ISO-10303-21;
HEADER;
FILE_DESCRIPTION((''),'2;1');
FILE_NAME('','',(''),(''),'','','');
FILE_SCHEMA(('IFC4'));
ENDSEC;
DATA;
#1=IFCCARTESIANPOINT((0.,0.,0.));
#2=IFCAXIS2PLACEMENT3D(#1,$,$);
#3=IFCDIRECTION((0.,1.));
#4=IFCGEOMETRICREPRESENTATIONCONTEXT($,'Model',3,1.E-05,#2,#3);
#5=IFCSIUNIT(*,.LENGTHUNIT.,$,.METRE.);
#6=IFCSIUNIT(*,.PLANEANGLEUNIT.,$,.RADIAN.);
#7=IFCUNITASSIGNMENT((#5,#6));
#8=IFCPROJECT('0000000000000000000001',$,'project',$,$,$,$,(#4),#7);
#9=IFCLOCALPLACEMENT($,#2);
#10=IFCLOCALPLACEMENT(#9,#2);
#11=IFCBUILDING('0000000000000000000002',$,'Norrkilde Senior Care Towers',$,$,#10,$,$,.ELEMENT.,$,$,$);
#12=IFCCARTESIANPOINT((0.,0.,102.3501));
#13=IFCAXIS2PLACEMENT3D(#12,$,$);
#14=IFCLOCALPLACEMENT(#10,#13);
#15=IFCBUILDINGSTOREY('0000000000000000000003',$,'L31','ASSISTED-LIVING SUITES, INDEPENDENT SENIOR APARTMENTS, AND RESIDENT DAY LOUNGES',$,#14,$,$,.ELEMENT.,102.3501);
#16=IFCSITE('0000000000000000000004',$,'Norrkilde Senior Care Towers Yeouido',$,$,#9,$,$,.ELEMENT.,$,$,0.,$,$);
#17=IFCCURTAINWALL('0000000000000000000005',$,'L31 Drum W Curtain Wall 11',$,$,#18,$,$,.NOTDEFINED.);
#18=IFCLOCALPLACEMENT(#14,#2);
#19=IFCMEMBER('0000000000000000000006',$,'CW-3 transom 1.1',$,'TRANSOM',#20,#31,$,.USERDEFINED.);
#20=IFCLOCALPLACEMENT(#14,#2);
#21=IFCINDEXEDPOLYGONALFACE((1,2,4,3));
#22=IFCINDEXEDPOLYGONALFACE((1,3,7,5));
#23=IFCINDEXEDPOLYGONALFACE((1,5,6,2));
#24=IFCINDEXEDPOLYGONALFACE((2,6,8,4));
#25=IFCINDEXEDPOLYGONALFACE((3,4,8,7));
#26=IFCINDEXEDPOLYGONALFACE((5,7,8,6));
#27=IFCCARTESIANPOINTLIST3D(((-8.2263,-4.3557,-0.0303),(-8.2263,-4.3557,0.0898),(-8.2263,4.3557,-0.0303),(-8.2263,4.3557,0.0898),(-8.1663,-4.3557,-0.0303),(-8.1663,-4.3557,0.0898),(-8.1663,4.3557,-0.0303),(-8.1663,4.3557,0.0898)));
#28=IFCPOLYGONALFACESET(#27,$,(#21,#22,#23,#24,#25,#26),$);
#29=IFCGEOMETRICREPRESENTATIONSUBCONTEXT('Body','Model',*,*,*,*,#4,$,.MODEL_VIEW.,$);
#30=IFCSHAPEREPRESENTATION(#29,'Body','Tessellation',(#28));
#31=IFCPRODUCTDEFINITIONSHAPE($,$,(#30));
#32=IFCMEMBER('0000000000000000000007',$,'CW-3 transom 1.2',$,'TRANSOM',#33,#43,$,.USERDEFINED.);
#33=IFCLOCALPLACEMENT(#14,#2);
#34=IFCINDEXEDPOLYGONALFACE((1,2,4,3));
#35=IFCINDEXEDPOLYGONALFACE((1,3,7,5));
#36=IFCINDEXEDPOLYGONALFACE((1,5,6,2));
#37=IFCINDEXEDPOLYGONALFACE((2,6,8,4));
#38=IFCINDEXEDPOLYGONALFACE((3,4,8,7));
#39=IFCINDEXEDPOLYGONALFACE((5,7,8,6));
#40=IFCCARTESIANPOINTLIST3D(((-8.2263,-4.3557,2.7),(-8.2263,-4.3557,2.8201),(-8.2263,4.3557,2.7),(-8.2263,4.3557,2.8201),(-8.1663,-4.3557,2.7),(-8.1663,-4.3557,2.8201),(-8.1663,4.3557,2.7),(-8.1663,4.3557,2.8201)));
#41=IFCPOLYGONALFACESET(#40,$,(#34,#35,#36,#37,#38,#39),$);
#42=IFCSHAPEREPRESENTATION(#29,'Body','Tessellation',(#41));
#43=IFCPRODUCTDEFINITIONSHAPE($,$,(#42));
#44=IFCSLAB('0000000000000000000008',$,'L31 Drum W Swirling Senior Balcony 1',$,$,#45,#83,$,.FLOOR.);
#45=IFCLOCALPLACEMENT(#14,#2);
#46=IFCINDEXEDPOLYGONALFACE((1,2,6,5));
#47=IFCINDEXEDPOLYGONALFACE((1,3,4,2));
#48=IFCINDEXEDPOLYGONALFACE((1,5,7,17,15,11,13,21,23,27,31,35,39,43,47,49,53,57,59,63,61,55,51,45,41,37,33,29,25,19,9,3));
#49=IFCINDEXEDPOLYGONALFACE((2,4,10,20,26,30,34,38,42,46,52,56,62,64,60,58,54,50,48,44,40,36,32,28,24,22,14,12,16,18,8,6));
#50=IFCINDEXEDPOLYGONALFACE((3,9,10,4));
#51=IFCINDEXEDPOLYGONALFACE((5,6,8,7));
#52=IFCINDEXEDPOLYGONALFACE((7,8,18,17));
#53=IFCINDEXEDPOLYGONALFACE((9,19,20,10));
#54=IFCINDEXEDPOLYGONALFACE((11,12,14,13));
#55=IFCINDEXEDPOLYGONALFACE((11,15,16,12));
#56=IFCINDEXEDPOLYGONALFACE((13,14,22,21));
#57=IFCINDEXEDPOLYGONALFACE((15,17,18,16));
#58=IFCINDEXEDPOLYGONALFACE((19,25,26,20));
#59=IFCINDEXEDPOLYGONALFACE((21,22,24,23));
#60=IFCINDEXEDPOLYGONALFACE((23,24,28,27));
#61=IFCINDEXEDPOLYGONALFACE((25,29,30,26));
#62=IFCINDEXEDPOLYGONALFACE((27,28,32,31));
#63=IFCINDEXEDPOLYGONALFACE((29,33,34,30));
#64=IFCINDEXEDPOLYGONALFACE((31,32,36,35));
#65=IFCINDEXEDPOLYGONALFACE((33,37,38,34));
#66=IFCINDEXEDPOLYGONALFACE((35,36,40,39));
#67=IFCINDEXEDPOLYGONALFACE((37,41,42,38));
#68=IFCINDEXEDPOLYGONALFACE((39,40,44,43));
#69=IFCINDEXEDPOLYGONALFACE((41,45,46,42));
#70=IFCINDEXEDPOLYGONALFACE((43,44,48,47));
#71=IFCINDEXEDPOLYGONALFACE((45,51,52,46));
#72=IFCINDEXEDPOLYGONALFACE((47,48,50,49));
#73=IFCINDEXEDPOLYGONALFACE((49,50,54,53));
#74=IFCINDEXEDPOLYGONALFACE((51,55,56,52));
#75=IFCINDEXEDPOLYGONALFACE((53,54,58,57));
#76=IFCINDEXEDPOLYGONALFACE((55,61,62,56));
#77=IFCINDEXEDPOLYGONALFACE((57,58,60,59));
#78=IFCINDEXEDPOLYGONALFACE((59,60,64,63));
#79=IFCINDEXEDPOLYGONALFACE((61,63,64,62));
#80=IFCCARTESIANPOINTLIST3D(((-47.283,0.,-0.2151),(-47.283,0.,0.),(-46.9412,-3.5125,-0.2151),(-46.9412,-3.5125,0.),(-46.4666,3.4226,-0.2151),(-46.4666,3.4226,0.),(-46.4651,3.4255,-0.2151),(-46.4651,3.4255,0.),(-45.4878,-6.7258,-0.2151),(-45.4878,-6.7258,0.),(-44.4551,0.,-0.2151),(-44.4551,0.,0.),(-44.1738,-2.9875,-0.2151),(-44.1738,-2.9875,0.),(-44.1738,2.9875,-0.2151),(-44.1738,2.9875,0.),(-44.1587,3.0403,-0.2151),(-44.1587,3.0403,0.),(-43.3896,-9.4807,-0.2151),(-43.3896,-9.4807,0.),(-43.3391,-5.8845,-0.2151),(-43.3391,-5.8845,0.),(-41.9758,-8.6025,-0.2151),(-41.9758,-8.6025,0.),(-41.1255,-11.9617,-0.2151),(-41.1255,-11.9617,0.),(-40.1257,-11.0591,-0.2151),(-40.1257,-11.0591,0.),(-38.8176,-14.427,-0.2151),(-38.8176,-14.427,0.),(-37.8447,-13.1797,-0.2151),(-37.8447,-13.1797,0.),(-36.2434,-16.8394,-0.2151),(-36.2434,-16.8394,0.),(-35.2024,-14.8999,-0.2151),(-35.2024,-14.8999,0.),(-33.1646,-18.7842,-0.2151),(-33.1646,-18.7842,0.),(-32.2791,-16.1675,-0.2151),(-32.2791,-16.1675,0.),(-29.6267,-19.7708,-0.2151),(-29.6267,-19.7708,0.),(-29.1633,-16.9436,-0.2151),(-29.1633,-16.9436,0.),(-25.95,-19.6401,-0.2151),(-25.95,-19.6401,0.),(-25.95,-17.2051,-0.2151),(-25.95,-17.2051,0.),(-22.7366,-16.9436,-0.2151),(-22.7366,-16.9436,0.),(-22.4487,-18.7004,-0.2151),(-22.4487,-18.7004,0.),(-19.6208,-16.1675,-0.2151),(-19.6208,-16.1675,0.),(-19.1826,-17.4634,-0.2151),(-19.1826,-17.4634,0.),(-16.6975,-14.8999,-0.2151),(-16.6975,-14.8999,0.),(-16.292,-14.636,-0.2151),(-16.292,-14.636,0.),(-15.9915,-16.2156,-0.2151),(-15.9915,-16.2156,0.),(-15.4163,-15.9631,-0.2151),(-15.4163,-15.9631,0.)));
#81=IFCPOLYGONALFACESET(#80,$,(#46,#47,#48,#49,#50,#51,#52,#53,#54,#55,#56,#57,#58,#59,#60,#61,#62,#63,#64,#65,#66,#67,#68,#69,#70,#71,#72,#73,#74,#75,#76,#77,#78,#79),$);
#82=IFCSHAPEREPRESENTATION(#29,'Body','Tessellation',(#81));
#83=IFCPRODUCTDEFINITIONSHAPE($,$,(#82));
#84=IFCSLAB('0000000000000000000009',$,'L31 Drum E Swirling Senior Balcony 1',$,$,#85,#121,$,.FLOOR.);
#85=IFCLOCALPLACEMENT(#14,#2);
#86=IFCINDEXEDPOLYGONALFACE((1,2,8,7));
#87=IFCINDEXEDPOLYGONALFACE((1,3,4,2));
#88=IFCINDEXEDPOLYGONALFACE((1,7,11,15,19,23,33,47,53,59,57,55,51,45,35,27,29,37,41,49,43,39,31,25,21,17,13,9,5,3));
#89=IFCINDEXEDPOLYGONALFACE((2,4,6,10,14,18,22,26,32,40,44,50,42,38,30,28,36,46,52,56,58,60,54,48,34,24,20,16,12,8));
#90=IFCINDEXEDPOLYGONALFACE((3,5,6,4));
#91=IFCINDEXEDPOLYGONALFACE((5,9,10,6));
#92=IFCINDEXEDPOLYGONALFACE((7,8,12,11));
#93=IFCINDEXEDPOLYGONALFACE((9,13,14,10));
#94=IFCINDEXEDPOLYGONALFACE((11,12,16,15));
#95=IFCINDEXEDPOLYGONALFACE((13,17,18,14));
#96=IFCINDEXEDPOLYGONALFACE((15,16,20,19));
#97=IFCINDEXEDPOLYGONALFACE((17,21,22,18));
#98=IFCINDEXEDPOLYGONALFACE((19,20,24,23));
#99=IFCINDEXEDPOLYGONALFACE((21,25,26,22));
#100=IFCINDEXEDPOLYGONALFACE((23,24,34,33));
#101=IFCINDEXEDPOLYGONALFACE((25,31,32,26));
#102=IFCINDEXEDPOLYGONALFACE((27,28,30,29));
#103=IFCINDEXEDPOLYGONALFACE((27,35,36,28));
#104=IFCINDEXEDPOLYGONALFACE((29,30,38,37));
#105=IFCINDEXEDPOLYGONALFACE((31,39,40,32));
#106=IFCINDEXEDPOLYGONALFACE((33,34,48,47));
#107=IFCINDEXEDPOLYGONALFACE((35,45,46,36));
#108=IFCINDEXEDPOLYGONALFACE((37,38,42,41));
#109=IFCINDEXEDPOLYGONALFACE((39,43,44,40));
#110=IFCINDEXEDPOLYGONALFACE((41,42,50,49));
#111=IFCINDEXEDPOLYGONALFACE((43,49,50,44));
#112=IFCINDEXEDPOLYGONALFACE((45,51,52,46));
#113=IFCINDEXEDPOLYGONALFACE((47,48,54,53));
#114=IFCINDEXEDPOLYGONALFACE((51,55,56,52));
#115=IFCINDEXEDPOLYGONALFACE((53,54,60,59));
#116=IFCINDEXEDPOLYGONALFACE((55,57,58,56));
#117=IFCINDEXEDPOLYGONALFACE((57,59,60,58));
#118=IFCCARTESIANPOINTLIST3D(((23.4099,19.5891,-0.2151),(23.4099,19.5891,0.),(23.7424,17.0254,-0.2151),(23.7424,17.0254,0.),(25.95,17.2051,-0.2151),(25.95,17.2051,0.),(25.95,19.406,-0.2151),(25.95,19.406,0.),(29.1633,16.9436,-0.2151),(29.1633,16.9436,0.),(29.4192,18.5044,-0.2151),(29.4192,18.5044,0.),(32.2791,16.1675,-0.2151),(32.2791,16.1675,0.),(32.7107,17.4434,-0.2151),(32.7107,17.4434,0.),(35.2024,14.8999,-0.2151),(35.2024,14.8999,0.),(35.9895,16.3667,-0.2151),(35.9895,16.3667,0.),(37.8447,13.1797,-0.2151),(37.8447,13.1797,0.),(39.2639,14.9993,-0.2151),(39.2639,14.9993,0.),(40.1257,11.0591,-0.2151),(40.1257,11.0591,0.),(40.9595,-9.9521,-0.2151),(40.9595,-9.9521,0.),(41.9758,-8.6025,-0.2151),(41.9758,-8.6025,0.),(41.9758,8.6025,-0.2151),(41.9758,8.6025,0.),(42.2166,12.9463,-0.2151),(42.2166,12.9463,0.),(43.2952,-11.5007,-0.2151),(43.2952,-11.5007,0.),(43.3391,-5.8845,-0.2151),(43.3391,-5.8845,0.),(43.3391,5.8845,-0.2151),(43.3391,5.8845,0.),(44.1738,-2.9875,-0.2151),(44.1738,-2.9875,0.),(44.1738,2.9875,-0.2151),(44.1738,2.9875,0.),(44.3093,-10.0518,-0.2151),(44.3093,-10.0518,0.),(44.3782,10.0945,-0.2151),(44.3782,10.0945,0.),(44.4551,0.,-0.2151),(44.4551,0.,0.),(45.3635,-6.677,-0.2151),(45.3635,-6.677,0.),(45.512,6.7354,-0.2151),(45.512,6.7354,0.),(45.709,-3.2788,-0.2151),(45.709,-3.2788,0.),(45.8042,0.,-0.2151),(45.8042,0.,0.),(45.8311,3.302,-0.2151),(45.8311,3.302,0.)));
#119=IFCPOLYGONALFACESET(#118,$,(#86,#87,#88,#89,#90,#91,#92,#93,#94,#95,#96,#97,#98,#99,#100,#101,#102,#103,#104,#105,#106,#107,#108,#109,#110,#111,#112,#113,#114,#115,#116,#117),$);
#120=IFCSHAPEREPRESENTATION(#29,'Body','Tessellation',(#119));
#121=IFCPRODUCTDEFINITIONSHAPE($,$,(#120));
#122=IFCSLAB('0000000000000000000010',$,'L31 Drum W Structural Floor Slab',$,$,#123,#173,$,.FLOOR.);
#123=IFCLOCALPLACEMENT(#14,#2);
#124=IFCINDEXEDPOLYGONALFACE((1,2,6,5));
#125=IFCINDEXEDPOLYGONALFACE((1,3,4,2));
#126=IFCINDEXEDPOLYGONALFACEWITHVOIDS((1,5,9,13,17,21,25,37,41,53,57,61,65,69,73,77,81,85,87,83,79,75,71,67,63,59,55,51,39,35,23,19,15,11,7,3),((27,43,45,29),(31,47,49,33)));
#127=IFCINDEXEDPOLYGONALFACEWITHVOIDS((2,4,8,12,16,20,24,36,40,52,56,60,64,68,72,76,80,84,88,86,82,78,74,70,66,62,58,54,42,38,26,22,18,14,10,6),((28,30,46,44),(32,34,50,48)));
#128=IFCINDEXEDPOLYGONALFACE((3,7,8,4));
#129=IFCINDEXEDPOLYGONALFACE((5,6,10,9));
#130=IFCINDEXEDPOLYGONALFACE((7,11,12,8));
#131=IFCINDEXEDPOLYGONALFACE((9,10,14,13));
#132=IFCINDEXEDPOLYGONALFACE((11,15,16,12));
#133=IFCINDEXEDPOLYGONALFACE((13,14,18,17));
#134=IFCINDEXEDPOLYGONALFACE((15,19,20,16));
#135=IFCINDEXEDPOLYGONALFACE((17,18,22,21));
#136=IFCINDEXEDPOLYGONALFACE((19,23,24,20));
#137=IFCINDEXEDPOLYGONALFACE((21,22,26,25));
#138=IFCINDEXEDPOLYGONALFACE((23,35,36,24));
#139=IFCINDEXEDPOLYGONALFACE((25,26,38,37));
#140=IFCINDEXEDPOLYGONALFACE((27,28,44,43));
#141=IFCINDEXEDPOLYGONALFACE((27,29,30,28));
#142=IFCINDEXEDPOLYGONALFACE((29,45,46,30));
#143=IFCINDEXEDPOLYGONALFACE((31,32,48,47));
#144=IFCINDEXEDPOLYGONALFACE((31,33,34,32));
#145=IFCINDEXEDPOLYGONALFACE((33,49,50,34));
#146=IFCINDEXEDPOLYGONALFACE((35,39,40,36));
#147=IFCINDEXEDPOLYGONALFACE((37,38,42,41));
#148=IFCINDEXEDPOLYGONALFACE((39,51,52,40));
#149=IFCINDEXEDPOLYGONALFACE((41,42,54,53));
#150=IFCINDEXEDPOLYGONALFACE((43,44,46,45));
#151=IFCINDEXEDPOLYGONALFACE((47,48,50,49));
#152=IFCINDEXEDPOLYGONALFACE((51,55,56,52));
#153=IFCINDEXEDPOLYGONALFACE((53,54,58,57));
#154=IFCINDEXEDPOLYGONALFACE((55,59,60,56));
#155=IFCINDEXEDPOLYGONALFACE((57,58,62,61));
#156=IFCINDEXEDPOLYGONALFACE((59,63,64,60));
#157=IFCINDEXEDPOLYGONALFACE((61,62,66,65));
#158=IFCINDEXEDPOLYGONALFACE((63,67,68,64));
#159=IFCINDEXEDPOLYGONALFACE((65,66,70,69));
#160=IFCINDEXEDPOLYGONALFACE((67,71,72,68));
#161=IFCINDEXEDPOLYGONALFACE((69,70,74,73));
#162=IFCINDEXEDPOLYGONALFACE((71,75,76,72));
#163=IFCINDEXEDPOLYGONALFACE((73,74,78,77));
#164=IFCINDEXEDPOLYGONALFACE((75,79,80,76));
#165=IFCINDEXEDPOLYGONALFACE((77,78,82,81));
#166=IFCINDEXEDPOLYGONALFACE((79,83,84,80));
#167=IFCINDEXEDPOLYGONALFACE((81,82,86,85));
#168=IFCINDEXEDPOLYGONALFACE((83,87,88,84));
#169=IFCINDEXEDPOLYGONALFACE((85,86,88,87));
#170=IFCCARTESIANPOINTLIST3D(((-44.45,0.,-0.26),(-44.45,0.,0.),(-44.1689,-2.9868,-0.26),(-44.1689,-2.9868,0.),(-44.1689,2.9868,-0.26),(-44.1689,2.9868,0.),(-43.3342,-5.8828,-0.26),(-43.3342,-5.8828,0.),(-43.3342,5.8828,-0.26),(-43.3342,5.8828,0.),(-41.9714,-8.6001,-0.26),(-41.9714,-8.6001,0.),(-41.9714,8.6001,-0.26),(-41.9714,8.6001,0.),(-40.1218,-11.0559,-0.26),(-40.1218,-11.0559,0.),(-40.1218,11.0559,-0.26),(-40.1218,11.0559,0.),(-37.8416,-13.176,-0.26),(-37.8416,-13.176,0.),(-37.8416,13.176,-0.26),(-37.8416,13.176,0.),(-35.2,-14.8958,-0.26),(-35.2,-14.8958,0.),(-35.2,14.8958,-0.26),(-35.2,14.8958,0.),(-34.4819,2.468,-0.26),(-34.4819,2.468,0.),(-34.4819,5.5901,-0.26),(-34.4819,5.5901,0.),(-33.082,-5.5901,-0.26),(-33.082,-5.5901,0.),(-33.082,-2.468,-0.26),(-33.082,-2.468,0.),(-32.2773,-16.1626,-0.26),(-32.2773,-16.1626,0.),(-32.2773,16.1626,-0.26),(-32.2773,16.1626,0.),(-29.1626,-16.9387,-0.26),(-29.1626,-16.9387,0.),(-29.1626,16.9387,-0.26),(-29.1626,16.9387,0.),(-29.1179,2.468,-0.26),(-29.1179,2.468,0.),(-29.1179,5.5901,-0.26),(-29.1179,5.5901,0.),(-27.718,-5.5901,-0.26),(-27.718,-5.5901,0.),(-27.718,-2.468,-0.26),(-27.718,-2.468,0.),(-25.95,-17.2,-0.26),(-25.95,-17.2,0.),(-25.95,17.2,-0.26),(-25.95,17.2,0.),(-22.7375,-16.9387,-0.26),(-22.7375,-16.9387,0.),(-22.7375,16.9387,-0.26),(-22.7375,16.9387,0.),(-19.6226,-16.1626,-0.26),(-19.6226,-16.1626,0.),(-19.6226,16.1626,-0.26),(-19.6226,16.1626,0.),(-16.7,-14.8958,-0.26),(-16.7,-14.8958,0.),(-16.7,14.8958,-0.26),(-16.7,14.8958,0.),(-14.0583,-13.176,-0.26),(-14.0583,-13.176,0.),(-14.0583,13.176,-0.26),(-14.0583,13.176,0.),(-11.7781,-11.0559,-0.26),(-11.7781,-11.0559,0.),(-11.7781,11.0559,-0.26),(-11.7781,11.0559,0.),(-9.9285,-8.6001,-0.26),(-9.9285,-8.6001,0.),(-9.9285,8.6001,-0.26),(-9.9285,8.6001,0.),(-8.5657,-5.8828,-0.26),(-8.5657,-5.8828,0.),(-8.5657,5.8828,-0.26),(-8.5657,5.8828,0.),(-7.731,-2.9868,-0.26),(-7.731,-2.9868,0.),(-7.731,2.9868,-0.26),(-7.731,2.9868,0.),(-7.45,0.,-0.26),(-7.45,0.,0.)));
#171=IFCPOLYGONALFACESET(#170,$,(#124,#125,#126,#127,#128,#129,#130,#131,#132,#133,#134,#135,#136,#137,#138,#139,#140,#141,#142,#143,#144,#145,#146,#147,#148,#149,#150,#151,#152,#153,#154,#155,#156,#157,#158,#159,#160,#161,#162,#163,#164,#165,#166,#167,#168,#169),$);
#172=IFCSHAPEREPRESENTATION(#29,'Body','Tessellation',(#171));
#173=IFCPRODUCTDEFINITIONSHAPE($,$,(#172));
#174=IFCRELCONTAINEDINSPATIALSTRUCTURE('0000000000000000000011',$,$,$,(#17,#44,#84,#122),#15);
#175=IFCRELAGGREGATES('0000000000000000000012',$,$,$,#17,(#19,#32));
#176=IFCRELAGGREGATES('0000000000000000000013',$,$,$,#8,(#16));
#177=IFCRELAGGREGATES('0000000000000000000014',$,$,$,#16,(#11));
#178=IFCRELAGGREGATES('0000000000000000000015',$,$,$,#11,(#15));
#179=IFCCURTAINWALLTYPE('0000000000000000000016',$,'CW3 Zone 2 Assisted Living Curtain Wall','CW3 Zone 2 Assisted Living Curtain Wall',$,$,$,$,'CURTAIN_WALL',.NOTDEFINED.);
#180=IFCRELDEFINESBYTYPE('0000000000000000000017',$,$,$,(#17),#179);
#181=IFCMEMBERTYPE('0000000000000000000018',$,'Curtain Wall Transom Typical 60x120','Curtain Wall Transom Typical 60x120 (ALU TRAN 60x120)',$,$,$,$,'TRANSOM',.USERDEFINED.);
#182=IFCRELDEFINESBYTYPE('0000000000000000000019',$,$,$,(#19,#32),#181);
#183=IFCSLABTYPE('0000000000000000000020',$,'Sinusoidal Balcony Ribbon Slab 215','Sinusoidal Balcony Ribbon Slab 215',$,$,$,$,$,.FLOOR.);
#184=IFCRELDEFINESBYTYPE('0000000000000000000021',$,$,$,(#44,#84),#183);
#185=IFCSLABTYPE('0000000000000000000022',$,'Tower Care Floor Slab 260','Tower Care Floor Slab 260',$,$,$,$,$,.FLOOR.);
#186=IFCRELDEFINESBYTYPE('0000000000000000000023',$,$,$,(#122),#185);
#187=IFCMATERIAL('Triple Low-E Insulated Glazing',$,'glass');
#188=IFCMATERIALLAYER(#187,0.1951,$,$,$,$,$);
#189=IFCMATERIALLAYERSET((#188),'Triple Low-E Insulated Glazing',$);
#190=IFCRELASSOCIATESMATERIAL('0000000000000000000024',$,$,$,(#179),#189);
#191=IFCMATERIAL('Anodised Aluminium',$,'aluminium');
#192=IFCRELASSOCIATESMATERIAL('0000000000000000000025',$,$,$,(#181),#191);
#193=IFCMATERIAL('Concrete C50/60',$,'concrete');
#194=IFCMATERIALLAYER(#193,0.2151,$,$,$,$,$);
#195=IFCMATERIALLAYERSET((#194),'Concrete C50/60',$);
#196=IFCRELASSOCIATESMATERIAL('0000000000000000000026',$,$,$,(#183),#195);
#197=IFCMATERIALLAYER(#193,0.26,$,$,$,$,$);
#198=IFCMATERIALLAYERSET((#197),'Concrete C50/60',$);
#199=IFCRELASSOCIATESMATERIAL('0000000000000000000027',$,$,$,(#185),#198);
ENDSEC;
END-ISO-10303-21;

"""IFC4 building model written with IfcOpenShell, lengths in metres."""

from ifc_helpers import new_model, si_unit, direction, frame, origin, origin_2d, place, context, subcontext, project, spatial, polyline, rectangle, outline, extrude, source, transform, mapped, material, layer, layer_set, material_profile, profile_set, type_object, element, aggregate, save


model = new_model("IFC4")

# Units and contexts
model_context = context("Model", 3, precision=1e-05, world=origin(), true_north=direction((0.0, 1.0)))
body_context = subcontext(model_context, "Body", "Model", "MODEL_VIEW")
ifc_project = project(units=[si_unit("LENGTHUNIT", "METRE"), si_unit("PLANEANGLEUNIT", "RADIAN")], contexts=[model_context])

# Site, building, storey
site_placement = place(None, origin())
site = spatial("IfcSite", under=ifc_project, at=site_placement, Name="Norrkilde Senior Care Towers Yeouido", CompositionType="ELEMENT", RefElevation=0.0)
building_placement = place(site_placement, origin())
building = spatial("IfcBuilding", under=site, at=building_placement, Name="Norrkilde Senior Care Towers", CompositionType="ELEMENT")
storey_placement = place(building_placement, frame((0.0, 0.0, 102.3501)))
storey = spatial("IfcBuildingStorey", under=building, at=storey_placement, Name="L31", Description="ASSISTED-LIVING SUITES, INDEPENDENT SENIOR APARTMENTS, AND RESIDENT DAY LOUNGES", CompositionType="ELEMENT", Elevation=102.3501)

# Shared definitions
ifc_material_1 = material(Name="Triple Low-E Insulated Glazing", Category="glass")
ifc_layer_1 = layer(ifc_material_1, 0.1951)
ifc_layer_set_1 = layer_set([ifc_layer_1], Name="Triple Low-E Insulated Glazing")
curtain_wall_type = type_object("IfcCurtainWallType", Name="CW3 Zone 2 Assisted Living Curtain Wall", Description="CW3 Zone 2 Assisted Living Curtain Wall", ElementType="CURTAIN_WALL", PredefinedType="NOTDEFINED", material=ifc_layer_set_1)
ifc_material_2 = material(Name="Anodised Aluminium", Category="aluminium")

# Curtain wall
curtain_wall_1_placement = place(storey_placement, origin())
curtain_wall_1 = element("IfcCurtainWall", 1, at=curtain_wall_1_placement, inside=storey, type_object=curtain_wall_type, Name="L31 Drum W Curtain Wall 11", PredefinedType="NOTDEFINED")

# Members
ifc_material_profile_1 = material_profile(ifc_material_2, rectangle(XDim=0.0601, YDim=0.1201, at=origin_2d()), Name="ALU TRAN 60x120")
ifc_profile_set_1 = profile_set([ifc_material_profile_1], Name="Anodised Aluminium")
member_type_1 = type_object("IfcMemberType", Name="Curtain Wall Transom Typical 60x120", Description="Curtain Wall Transom Typical 60x120 (ALU TRAN 60x120)", ElementType="TRANSOM", PredefinedType="USERDEFINED", material=ifc_profile_set_1)
shared_shape_1 = source(origin(), body_context, "Body", "SweptSolid", [
    extrude(rectangle(XDim=0.0601, YDim=0.1201, at=origin_2d()), origin(), (0.0, 0.0, 1.0), 8.7114),
])
member_1_placement = place(storey_placement, frame((-8.1963, 4.3557, 0.0298), z_axis=(0.0, -1.0, 0.0), x_axis=(1.0, 0.0, 0.0)))
member_1 = element("IfcMember", 2, at=member_1_placement, type_object=member_type_1, Name="CW-3 transom 1.1", ObjectType="TRANSOM", PredefinedType="USERDEFINED", context=body_context, shape_type="MappedRepresentation", body=[
    mapped(shared_shape_1, transform((0.0, 0.0, 0.0), x_axis=(1.0, 0.0, 0.0), y_axis=(0.0, 1.0, 0.0), z_axis=(0.0, 0.0, 1.0), scale=1.0)),
])
member_2_placement = place(storey_placement, frame((-8.1963, 4.3557, 2.76), z_axis=(0.0, -1.0, 0.0), x_axis=(1.0, 0.0, 0.0)))
member_2 = element("IfcMember", 3, at=member_2_placement, type_object=member_type_1, Name="CW-3 transom 1.2", ObjectType="TRANSOM", PredefinedType="USERDEFINED", context=body_context, shape_type="MappedRepresentation", body=[
    mapped(shared_shape_1, transform((0.0, 0.0, 0.0), x_axis=(1.0, 0.0, 0.0), y_axis=(0.0, 1.0, 0.0), z_axis=(0.0, 0.0, 1.0), scale=1.0)),
])

# Slabs
ifc_material_3 = material(Name="Concrete C50/60", Category="concrete")
ifc_layer_2 = layer(ifc_material_3, 0.2151)
ifc_layer_set_2 = layer_set([ifc_layer_2], Name="Concrete C50/60")
slab_type_1 = type_object("IfcSlabType", Name="Sinusoidal Balcony Ribbon Slab 215", Description="Sinusoidal Balcony Ribbon Slab 215", PredefinedType="FLOOR", material=ifc_layer_set_2)
slab_1_placement = place(storey_placement, frame((0.0, 0.0, -0.2151)))
element("IfcSlab", 4, at=slab_1_placement, inside=storey, type_object=slab_type_1, Name="L31 Drum W Swirling Senior Balcony 1", PredefinedType="FLOOR", context=body_context, shape_type="SweptSolid", body=[
    extrude(outline(polyline([(-19.1826, -17.4634), (-22.4487, -18.7004), (-25.95, -19.6401), (-29.6267, -19.7708), (-33.1646, -18.7842), (-36.2434, -16.8394), (-38.8176, -14.427), (-41.1255, -11.9617), (-43.3896, -9.4807), (-45.4878, -6.7258), (-46.9412, -3.5125), (-47.283, 0.0), (-46.4666, 3.4226), (-46.4651, 3.4255), (-44.1587, 3.0403), (-44.1738, 2.9875), (-44.4551, 0.0), (-44.1738, -2.9875), (-43.3391, -5.8845), (-41.9758, -8.6025), (-40.1257, -11.0591), (-37.8447, -13.1797), (-35.2024, -14.8999), (-32.2791, -16.1675), (-29.1633, -16.9436), (-25.95, -17.2051), (-22.7366, -16.9436), (-19.6208, -16.1675), (-16.6975, -14.8999), (-16.292, -14.636), (-15.4163, -15.9631), (-15.9915, -16.2156), (-19.1826, -17.4634)])), origin(), (0.0, 0.0, 1.0), 0.2151),
])
slab_2_placement = place(storey_placement, frame((0.0, 0.0, -0.2151)))
element("IfcSlab", 5, at=slab_2_placement, inside=storey, type_object=slab_type_1, Name="L31 Drum E Swirling Senior Balcony 1", PredefinedType="FLOOR", context=body_context, shape_type="SweptSolid", body=[
    extrude(outline(polyline([(44.3093, -10.0518), (43.2952, -11.5007), (40.9595, -9.9521), (41.9758, -8.6025), (43.3391, -5.8845), (44.1738, -2.9875), (44.4551, 0.0), (44.1738, 2.9875), (43.3391, 5.8845), (41.9758, 8.6025), (40.1257, 11.0591), (37.8447, 13.1797), (35.2024, 14.8999), (32.2791, 16.1675), (29.1633, 16.9436), (25.95, 17.2051), (23.7424, 17.0254), (23.4099, 19.5891), (25.95, 19.406), (29.4192, 18.5044), (32.7107, 17.4434), (35.9895, 16.3667), (39.2639, 14.9993), (42.2166, 12.9463), (44.3782, 10.0945), (45.512, 6.7354), (45.8311, 3.302), (45.8042, 0.0), (45.709, -3.2788), (45.3635, -6.677), (44.3093, -10.0518)])), origin(), (0.0, 0.0, 1.0), 0.2151),
])
ifc_layer_3 = layer(ifc_material_3, 0.26)
ifc_layer_set_3 = layer_set([ifc_layer_3], Name="Concrete C50/60")
slab_type_2 = type_object("IfcSlabType", Name="Tower Care Floor Slab 260", Description="Tower Care Floor Slab 260", PredefinedType="FLOOR", material=ifc_layer_set_3)
slab_3_placement = place(storey_placement, frame((0.0, 0.0, -0.26)))
element("IfcSlab", 6, at=slab_3_placement, inside=storey, type_object=slab_type_2, Name="L31 Drum W Structural Floor Slab", PredefinedType="FLOOR", context=body_context, shape_type="SweptSolid", body=[
    extrude(outline(polyline([(-8.5657, -5.8828), (-9.9285, -8.6001), (-11.7781, -11.0559), (-14.0583, -13.176), (-16.7, -14.8958), (-19.6226, -16.1626), (-22.7375, -16.9387), (-25.95, -17.2), (-29.1626, -16.9387), (-32.2773, -16.1626), (-35.2, -14.8958), (-37.8416, -13.176), (-40.1218, -11.0559), (-41.9714, -8.6001), (-43.3342, -5.8828), (-44.1689, -2.9868), (-44.45, 0.0), (-44.1689, 2.9868), (-43.3342, 5.8828), (-41.9714, 8.6001), (-40.1218, 11.0559), (-37.8416, 13.176), (-35.2, 14.8958), (-32.2773, 16.1626), (-29.1626, 16.9387), (-25.95, 17.2), (-22.7375, 16.9387), (-19.6226, 16.1626), (-16.7, 14.8958), (-14.0583, 13.176), (-11.7781, 11.0559), (-9.9285, 8.6001), (-8.5657, 5.8828), (-7.731, 2.9868), (-7.45, 0.0), (-7.731, -2.9868), (-8.5657, -5.8828)]), holes=[polyline([(-34.4819, 2.468), (-29.1179, 2.468), (-29.1179, 5.5901), (-34.4819, 5.5901), (-34.4819, 2.468)]), polyline([(-27.718, -5.5901), (-27.718, -2.468), (-33.082, -2.468), (-33.082, -5.5901), (-27.718, -5.5901)])]), origin(), (0.0, 0.0, 1.0), 0.26),
])

aggregate(curtain_wall_1, [member_1, member_2])

save(model, "model.ifc")
